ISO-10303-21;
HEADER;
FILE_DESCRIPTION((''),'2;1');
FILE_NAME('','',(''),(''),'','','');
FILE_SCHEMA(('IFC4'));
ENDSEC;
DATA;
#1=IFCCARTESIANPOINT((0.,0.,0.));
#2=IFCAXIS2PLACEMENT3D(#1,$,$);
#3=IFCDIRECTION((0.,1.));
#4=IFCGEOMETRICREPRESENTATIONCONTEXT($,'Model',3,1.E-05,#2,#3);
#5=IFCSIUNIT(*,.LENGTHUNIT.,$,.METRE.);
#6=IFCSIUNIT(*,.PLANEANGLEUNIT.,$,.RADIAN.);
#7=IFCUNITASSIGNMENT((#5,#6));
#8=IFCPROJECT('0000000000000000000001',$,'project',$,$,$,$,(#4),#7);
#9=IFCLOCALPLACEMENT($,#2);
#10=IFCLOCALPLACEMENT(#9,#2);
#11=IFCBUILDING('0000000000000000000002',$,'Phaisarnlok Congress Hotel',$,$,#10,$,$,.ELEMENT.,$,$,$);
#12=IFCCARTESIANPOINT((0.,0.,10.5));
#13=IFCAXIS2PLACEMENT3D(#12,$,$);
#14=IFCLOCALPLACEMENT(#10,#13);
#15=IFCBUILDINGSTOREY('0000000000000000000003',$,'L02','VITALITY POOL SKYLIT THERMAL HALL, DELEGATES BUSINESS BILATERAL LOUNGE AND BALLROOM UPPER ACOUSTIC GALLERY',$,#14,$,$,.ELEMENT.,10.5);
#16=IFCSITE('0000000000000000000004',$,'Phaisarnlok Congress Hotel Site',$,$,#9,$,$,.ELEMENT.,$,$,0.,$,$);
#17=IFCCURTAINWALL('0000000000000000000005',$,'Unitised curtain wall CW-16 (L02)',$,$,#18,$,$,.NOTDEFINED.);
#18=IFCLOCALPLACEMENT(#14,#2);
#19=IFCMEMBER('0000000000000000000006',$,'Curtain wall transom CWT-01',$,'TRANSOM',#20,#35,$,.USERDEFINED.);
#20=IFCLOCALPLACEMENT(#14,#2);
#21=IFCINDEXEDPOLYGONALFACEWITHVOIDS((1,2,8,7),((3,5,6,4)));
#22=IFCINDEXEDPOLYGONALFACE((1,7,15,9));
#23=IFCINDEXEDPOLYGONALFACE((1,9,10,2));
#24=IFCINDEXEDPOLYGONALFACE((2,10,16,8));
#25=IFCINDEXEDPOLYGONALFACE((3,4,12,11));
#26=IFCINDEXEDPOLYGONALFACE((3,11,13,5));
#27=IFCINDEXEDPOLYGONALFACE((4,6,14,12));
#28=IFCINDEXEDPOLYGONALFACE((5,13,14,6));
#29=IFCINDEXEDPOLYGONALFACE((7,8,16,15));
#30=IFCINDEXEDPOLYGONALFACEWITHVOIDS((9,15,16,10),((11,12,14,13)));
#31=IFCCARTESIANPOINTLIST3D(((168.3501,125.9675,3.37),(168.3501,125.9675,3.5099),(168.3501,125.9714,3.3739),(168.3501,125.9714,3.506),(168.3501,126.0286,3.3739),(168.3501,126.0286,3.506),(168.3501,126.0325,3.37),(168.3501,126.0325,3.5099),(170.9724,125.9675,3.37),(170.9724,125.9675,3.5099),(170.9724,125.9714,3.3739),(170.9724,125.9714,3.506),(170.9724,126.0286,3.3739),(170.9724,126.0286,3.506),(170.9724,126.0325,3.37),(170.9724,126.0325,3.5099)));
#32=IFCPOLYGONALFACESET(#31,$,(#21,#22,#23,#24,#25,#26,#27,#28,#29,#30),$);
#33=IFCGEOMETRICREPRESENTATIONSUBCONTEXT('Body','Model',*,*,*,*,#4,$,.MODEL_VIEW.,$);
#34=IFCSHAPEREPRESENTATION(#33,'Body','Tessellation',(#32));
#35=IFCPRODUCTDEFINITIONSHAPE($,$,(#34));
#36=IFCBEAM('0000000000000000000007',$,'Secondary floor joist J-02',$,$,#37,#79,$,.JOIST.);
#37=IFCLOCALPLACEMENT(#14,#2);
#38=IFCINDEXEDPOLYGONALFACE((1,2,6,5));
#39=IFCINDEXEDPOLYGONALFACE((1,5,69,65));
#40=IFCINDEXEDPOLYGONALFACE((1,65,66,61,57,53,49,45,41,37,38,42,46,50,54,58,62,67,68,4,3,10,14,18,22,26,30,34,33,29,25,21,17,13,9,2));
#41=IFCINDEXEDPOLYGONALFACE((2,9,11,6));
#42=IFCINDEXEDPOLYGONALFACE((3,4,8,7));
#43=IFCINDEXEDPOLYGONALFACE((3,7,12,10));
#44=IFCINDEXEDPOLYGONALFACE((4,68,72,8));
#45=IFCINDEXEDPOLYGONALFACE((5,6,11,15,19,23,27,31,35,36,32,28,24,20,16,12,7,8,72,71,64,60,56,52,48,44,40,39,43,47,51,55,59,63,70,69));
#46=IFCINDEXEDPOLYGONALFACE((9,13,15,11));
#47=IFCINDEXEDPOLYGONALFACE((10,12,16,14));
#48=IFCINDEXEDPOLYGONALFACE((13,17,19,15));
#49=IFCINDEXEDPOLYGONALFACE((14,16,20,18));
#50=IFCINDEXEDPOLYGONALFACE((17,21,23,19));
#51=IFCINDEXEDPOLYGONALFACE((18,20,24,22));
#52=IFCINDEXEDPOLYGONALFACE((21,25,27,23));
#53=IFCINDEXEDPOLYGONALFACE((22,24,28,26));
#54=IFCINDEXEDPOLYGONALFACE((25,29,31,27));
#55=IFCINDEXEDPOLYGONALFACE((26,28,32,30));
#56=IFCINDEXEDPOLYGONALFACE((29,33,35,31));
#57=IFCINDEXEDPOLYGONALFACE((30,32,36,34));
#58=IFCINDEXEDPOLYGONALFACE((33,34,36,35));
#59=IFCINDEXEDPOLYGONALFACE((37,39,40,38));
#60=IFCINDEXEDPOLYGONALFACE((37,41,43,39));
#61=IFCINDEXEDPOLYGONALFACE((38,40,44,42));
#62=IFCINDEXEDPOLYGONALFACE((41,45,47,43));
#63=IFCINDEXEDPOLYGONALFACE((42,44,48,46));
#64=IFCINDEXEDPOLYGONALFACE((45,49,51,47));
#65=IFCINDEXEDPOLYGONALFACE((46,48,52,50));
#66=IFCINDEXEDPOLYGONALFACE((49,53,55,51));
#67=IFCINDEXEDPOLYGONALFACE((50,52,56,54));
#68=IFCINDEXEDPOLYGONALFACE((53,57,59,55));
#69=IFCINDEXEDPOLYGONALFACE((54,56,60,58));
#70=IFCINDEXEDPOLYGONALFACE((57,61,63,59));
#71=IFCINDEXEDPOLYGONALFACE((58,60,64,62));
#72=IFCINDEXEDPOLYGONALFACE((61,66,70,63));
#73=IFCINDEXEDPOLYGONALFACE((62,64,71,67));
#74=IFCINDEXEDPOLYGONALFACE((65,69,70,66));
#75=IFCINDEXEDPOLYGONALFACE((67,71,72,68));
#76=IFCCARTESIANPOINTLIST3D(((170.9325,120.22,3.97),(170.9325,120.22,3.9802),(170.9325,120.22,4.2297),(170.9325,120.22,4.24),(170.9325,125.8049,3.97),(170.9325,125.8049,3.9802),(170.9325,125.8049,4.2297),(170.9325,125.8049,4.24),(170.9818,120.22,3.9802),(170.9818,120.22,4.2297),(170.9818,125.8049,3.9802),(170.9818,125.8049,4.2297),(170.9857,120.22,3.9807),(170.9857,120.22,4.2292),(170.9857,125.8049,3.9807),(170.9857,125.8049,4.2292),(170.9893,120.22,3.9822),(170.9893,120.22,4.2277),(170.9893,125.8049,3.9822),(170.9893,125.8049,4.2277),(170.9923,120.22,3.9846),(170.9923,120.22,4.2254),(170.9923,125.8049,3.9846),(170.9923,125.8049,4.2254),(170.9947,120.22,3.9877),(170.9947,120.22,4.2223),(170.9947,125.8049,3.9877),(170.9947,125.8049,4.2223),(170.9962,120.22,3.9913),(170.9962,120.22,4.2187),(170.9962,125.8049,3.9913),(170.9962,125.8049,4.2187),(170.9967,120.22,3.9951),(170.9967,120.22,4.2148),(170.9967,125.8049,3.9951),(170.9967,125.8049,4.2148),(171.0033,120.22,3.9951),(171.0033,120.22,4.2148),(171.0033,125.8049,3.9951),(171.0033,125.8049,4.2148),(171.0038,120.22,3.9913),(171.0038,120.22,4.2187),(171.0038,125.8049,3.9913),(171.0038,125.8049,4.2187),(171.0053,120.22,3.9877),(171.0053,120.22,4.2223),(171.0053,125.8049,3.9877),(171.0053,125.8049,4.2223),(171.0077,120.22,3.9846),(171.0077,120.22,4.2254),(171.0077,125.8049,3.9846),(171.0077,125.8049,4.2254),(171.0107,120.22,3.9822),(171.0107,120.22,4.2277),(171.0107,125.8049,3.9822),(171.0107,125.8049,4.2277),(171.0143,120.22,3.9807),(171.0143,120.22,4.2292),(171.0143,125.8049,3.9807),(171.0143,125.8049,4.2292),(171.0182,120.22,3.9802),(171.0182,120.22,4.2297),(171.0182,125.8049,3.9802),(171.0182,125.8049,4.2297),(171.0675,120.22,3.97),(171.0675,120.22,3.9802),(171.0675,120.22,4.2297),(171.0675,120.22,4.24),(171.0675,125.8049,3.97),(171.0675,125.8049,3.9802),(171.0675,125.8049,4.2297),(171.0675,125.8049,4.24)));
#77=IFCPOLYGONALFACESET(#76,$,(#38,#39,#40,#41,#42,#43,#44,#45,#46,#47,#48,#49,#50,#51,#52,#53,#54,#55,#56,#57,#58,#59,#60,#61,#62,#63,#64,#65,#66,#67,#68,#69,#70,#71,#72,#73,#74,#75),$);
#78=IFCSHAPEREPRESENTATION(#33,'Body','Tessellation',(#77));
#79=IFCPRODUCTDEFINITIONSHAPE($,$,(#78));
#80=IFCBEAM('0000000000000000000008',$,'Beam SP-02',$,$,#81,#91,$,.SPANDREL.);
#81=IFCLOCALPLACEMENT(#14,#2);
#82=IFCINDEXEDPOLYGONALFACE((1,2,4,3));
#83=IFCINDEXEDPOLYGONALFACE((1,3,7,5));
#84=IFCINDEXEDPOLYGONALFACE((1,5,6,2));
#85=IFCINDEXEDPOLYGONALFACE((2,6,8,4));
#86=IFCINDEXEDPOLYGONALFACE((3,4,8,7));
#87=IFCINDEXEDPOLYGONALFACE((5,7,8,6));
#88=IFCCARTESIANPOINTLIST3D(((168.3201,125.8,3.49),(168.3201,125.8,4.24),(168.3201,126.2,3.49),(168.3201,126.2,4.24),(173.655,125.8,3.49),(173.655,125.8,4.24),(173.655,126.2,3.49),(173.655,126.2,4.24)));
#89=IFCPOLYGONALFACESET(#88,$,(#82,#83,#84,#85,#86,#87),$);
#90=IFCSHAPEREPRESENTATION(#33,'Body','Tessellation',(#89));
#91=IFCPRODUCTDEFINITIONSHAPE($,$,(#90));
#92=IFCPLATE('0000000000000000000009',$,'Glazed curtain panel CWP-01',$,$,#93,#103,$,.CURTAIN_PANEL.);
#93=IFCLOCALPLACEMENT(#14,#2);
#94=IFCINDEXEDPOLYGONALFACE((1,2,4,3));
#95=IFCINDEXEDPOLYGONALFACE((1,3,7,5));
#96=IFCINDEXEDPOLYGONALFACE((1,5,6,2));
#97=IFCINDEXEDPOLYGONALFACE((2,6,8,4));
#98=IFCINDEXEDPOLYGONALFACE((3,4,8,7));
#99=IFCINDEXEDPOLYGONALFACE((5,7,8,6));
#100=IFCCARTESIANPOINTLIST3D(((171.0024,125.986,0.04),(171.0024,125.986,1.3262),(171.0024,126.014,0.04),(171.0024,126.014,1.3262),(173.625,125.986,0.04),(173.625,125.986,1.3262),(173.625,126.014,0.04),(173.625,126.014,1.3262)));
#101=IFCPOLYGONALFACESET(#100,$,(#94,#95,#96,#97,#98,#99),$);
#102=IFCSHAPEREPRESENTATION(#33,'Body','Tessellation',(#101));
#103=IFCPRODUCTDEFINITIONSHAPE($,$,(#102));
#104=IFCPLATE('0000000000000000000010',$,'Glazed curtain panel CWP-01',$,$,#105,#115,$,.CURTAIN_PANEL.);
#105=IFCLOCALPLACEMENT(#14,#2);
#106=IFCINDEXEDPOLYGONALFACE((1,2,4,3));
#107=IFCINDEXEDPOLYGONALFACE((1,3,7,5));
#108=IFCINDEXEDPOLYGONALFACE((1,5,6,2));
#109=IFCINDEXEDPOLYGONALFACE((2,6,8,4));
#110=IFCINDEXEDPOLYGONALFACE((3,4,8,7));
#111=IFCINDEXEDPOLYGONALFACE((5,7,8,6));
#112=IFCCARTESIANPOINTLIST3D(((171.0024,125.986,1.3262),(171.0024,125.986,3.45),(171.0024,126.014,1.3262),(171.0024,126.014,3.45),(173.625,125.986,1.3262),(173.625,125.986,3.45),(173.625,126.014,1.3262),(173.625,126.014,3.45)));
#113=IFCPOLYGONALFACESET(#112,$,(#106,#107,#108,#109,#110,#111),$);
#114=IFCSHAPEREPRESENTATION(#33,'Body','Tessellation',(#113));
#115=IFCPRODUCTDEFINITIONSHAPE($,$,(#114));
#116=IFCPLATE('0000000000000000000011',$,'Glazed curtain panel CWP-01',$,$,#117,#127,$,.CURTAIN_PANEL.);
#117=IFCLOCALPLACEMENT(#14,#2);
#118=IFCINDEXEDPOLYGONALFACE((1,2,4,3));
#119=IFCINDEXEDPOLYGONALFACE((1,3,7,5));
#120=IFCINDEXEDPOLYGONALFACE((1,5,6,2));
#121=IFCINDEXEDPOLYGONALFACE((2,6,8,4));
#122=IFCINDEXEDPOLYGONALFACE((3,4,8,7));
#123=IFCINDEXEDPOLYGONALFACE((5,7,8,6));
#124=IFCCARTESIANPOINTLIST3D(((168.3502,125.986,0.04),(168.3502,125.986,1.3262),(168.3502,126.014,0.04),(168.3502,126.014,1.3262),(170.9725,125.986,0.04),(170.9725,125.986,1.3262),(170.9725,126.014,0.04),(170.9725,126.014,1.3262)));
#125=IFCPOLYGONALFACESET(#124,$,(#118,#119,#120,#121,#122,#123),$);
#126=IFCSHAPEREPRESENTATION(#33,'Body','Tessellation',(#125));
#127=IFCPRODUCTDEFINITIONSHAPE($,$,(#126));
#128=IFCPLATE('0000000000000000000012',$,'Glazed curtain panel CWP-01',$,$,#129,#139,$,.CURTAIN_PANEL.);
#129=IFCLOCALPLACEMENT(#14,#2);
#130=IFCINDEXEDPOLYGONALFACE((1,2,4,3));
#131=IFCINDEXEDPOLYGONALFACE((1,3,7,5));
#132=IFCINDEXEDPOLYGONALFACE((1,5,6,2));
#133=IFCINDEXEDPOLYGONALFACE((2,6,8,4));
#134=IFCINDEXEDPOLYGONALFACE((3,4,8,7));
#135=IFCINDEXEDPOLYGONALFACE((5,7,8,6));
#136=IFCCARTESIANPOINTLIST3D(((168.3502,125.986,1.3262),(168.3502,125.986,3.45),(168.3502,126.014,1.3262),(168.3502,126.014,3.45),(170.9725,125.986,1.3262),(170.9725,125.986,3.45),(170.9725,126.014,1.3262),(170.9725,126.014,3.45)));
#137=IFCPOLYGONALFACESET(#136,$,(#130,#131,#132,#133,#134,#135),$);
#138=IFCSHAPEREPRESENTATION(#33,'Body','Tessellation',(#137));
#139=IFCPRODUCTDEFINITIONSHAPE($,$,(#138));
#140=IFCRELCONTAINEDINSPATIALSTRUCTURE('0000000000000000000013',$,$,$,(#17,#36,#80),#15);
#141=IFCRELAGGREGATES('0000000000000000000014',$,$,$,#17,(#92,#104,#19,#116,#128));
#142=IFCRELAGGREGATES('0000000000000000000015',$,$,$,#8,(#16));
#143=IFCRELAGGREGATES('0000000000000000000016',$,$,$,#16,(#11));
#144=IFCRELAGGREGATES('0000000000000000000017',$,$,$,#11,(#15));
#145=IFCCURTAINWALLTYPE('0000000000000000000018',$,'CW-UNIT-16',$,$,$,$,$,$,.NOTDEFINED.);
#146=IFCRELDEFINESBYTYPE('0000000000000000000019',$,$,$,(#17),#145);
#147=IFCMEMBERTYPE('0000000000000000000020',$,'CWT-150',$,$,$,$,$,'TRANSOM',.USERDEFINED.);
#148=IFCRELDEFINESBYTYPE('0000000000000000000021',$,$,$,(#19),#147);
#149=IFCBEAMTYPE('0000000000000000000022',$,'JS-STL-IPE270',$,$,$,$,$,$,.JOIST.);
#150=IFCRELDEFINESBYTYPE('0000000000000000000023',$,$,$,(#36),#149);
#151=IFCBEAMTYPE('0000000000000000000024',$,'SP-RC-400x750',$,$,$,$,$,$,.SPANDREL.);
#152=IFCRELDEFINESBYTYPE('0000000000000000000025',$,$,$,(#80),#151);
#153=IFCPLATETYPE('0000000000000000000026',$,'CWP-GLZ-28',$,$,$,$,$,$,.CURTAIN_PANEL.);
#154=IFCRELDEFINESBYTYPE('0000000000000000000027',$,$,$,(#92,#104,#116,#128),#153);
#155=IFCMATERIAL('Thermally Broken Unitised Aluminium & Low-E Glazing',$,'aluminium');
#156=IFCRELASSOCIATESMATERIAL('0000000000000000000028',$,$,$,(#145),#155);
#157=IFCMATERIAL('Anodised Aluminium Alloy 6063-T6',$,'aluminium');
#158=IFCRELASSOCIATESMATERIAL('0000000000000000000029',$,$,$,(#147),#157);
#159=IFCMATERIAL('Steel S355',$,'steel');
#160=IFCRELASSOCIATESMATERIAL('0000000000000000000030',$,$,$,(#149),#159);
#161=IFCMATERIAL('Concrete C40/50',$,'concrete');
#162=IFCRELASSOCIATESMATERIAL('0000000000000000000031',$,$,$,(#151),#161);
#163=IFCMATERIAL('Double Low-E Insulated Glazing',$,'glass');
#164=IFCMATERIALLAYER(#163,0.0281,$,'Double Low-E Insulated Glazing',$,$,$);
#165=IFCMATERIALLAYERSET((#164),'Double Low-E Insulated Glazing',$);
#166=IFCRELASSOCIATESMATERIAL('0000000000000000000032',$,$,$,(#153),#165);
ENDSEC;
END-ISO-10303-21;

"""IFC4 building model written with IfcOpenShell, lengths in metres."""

from ifc_helpers import new_model, si_unit, direction, frame, frame_2d, origin, origin_2d, place, context, subcontext, project, spatial, rectangle, hollow_rectangle, i_section, extrude, material, layer, layer_set, material_profile, profile_set, type_object, element, aggregate, save


model = new_model("IFC4")

# Units and contexts
model_context = context("Model", 3, precision=1e-05, world=origin(), true_north=direction((0.0, 1.0)))
body_context = subcontext(model_context, "Body", "Model", "MODEL_VIEW")
ifc_project = project(units=[si_unit("LENGTHUNIT", "METRE"), si_unit("PLANEANGLEUNIT", "RADIAN")], contexts=[model_context])

# Site, building, storey
site_placement = place(None, origin())
site = spatial("IfcSite", under=ifc_project, at=site_placement, Name="Phaisarnlok Congress Hotel Site", CompositionType="ELEMENT", RefElevation=0.0)
building_placement = place(site_placement, origin())
building = spatial("IfcBuilding", under=site, at=building_placement, Name="Phaisarnlok Congress Hotel", CompositionType="ELEMENT")
storey_placement = place(building_placement, frame((0.0, 0.0, 10.5)))
storey = spatial("IfcBuildingStorey", under=building, at=storey_placement, Name="L02", Description="VITALITY POOL SKYLIT THERMAL HALL, DELEGATES BUSINESS BILATERAL LOUNGE AND BALLROOM UPPER ACOUSTIC GALLERY", CompositionType="ELEMENT", Elevation=10.5)

# Shared definitions
ifc_material_1 = material(Name="Concrete C40/50", Category="concrete")
ifc_material_2 = material(Name="Steel S355", Category="steel")

# Curtain wall, member
ifc_material_3 = material(Name="Thermally Broken Unitised Aluminium & Low-E Glazing", Category="aluminium")
curtain_wall_type = type_object("IfcCurtainWallType", Name="CW-UNIT-16", PredefinedType="NOTDEFINED", material=ifc_material_3)
curtain_wall_placement = place(storey_placement, origin())
curtain_wall = element("IfcCurtainWall", 1, at=curtain_wall_placement, inside=storey, type_object=curtain_wall_type, Name="Unitised curtain wall CW-16 (L02)", PredefinedType="NOTDEFINED")
ifc_material_4 = material(Name="Anodised Aluminium Alloy 6063-T6", Category="aluminium")
ifc_material_profile_1 = material_profile(ifc_material_4, hollow_rectangle(XDim=0.0649, YDim=0.1399, WallThickness=0.0039, at=origin_2d()), Name="ALU-T 65x140x4")
ifc_profile_set_1 = profile_set([ifc_material_profile_1], Name="Anodised Aluminium Alloy 6063-T6")
member_type_1 = type_object("IfcMemberType", Name="CWT-150", ElementType="TRANSOM", PredefinedType="USERDEFINED", material=ifc_profile_set_1)
member_1_placement = place(storey_placement, frame((170.9724, 126.0, 3.4399), z_axis=(-1.0, 0.0, 0.0), x_axis=(0.0, -1.0, 0.0)))
member_1 = element("IfcMember", 2, at=member_1_placement, type_object=member_type_1, Name="Curtain wall transom CWT-01", ObjectType="TRANSOM", PredefinedType="USERDEFINED", context=body_context, shape_type="SweptSolid", body=[
    extrude(hollow_rectangle(XDim=0.0649, YDim=0.1399, WallThickness=0.0039, at=origin_2d()), origin(), (0.0, 0.0, 1.0), 2.6223),
])

# Beams
ifc_material_profile_2 = material_profile(ifc_material_2, i_section(OverallWidth=0.135, OverallDepth=0.27, WebThickness=0.0066, FlangeThickness=0.0103, FilletRadius=0.0149, at=origin_2d()), Name="IPE 270")
ifc_profile_set_2 = profile_set([ifc_material_profile_2], Name="Steel S355")
beam_type_1 = type_object("IfcBeamType", Name="JS-STL-IPE270", PredefinedType="JOIST", material=ifc_profile_set_2)
beam_1_placement = place(storey_placement, frame((171.0, 120.22, 4.105), z_axis=(0.0, 1.0, 0.0), x_axis=(-1.0, 0.0, 0.0)))
element("IfcBeam", 3, at=beam_1_placement, inside=storey, type_object=beam_type_1, Name="Secondary floor joist J-02", PredefinedType="JOIST", context=body_context, shape_type="SweptSolid", body=[
    extrude(i_section(OverallWidth=0.135, OverallDepth=0.27, WebThickness=0.0066, FlangeThickness=0.0103, FilletRadius=0.0149, at=origin_2d()), origin(), (0.0, 0.0, 1.0), 5.585),
])
ifc_material_profile_3 = material_profile(ifc_material_1, rectangle(XDim=0.3999, YDim=0.75, at=origin_2d()), Name="RC 400x750")
ifc_profile_set_3 = profile_set([ifc_material_profile_3], Name="Concrete C40/50")
beam_type_2 = type_object("IfcBeamType", Name="SP-RC-400x750", PredefinedType="SPANDREL", material=ifc_profile_set_3)
beam_2_placement = place(storey_placement, frame((168.3201, 126.0, 3.865), z_axis=(1.0, 0.0, 0.0), x_axis=(0.0, 1.0, 0.0)))
element("IfcBeam", 4, at=beam_2_placement, inside=storey, type_object=beam_type_2, Name="Beam SP-02", PredefinedType="SPANDREL", context=body_context, shape_type="SweptSolid", body=[
    extrude(rectangle(XDim=0.3999, YDim=0.75, at=origin_2d()), origin(), (0.0, 0.0, 1.0), 5.335),
])

# Plates
ifc_material_5 = material(Name="Double Low-E Insulated Glazing", Category="glass")
ifc_layer = layer(ifc_material_5, 0.0281, Name="Double Low-E Insulated Glazing")
ifc_layer_set = layer_set([ifc_layer], Name="Double Low-E Insulated Glazing")
plate_type = type_object("IfcPlateType", Name="CWP-GLZ-28", PredefinedType="CURTAIN_PANEL", material=ifc_layer_set)
plate_1_placement = place(storey_placement, frame((173.625, 126.0, 0.04), z_axis=(0.0, 0.0, 1.0), x_axis=(-1.0, 0.0, 0.0)))
plate_1 = element("IfcPlate", 5, at=plate_1_placement, type_object=plate_type, Name="Glazed curtain panel CWP-01", PredefinedType="CURTAIN_PANEL", context=body_context, shape_type="SweptSolid", body=[
    extrude(rectangle(XDim=2.6226, YDim=0.0281, at=frame_2d((1.3113, 0.0))), origin(), (0.0, 0.0, 1.0), 1.2861),
])
plate_2_placement = place(storey_placement, frame((173.625, 126.0, 1.3262), z_axis=(0.0, 0.0, 1.0), x_axis=(-1.0, 0.0, 0.0)))
plate_2 = element("IfcPlate", 6, at=plate_2_placement, type_object=plate_type, Name="Glazed curtain panel CWP-01", PredefinedType="CURTAIN_PANEL", context=body_context, shape_type="SweptSolid", body=[
    extrude(rectangle(XDim=2.6226, YDim=0.0281, at=frame_2d((1.3113, 0.0))), origin(), (0.0, 0.0, 1.0), 2.1238),
])
plate_3_placement = place(storey_placement, frame((170.9724, 126.0, 0.04), z_axis=(0.0, 0.0, 1.0), x_axis=(-1.0, 0.0, 0.0)))
plate_3 = element("IfcPlate", 7, at=plate_3_placement, type_object=plate_type, Name="Glazed curtain panel CWP-01", PredefinedType="CURTAIN_PANEL", context=body_context, shape_type="SweptSolid", body=[
    extrude(rectangle(XDim=2.6223, YDim=0.0281, at=frame_2d((1.311, 0.0))), origin(), (0.0, 0.0, 1.0), 1.2861),
])
plate_4_placement = place(storey_placement, frame((170.9724, 126.0, 1.3262), z_axis=(0.0, 0.0, 1.0), x_axis=(-1.0, 0.0, 0.0)))
plate_4 = element("IfcPlate", 8, at=plate_4_placement, type_object=plate_type, Name="Glazed curtain panel CWP-01", PredefinedType="CURTAIN_PANEL", context=body_context, shape_type="SweptSolid", body=[
    extrude(rectangle(XDim=2.6223, YDim=0.0281, at=frame_2d((1.311, 0.0))), origin(), (0.0, 0.0, 1.0), 2.1238),
])
aggregate(curtain_wall, [plate_1, plate_2, member_1, plate_3, plate_4])

save(model, "model.ifc")
